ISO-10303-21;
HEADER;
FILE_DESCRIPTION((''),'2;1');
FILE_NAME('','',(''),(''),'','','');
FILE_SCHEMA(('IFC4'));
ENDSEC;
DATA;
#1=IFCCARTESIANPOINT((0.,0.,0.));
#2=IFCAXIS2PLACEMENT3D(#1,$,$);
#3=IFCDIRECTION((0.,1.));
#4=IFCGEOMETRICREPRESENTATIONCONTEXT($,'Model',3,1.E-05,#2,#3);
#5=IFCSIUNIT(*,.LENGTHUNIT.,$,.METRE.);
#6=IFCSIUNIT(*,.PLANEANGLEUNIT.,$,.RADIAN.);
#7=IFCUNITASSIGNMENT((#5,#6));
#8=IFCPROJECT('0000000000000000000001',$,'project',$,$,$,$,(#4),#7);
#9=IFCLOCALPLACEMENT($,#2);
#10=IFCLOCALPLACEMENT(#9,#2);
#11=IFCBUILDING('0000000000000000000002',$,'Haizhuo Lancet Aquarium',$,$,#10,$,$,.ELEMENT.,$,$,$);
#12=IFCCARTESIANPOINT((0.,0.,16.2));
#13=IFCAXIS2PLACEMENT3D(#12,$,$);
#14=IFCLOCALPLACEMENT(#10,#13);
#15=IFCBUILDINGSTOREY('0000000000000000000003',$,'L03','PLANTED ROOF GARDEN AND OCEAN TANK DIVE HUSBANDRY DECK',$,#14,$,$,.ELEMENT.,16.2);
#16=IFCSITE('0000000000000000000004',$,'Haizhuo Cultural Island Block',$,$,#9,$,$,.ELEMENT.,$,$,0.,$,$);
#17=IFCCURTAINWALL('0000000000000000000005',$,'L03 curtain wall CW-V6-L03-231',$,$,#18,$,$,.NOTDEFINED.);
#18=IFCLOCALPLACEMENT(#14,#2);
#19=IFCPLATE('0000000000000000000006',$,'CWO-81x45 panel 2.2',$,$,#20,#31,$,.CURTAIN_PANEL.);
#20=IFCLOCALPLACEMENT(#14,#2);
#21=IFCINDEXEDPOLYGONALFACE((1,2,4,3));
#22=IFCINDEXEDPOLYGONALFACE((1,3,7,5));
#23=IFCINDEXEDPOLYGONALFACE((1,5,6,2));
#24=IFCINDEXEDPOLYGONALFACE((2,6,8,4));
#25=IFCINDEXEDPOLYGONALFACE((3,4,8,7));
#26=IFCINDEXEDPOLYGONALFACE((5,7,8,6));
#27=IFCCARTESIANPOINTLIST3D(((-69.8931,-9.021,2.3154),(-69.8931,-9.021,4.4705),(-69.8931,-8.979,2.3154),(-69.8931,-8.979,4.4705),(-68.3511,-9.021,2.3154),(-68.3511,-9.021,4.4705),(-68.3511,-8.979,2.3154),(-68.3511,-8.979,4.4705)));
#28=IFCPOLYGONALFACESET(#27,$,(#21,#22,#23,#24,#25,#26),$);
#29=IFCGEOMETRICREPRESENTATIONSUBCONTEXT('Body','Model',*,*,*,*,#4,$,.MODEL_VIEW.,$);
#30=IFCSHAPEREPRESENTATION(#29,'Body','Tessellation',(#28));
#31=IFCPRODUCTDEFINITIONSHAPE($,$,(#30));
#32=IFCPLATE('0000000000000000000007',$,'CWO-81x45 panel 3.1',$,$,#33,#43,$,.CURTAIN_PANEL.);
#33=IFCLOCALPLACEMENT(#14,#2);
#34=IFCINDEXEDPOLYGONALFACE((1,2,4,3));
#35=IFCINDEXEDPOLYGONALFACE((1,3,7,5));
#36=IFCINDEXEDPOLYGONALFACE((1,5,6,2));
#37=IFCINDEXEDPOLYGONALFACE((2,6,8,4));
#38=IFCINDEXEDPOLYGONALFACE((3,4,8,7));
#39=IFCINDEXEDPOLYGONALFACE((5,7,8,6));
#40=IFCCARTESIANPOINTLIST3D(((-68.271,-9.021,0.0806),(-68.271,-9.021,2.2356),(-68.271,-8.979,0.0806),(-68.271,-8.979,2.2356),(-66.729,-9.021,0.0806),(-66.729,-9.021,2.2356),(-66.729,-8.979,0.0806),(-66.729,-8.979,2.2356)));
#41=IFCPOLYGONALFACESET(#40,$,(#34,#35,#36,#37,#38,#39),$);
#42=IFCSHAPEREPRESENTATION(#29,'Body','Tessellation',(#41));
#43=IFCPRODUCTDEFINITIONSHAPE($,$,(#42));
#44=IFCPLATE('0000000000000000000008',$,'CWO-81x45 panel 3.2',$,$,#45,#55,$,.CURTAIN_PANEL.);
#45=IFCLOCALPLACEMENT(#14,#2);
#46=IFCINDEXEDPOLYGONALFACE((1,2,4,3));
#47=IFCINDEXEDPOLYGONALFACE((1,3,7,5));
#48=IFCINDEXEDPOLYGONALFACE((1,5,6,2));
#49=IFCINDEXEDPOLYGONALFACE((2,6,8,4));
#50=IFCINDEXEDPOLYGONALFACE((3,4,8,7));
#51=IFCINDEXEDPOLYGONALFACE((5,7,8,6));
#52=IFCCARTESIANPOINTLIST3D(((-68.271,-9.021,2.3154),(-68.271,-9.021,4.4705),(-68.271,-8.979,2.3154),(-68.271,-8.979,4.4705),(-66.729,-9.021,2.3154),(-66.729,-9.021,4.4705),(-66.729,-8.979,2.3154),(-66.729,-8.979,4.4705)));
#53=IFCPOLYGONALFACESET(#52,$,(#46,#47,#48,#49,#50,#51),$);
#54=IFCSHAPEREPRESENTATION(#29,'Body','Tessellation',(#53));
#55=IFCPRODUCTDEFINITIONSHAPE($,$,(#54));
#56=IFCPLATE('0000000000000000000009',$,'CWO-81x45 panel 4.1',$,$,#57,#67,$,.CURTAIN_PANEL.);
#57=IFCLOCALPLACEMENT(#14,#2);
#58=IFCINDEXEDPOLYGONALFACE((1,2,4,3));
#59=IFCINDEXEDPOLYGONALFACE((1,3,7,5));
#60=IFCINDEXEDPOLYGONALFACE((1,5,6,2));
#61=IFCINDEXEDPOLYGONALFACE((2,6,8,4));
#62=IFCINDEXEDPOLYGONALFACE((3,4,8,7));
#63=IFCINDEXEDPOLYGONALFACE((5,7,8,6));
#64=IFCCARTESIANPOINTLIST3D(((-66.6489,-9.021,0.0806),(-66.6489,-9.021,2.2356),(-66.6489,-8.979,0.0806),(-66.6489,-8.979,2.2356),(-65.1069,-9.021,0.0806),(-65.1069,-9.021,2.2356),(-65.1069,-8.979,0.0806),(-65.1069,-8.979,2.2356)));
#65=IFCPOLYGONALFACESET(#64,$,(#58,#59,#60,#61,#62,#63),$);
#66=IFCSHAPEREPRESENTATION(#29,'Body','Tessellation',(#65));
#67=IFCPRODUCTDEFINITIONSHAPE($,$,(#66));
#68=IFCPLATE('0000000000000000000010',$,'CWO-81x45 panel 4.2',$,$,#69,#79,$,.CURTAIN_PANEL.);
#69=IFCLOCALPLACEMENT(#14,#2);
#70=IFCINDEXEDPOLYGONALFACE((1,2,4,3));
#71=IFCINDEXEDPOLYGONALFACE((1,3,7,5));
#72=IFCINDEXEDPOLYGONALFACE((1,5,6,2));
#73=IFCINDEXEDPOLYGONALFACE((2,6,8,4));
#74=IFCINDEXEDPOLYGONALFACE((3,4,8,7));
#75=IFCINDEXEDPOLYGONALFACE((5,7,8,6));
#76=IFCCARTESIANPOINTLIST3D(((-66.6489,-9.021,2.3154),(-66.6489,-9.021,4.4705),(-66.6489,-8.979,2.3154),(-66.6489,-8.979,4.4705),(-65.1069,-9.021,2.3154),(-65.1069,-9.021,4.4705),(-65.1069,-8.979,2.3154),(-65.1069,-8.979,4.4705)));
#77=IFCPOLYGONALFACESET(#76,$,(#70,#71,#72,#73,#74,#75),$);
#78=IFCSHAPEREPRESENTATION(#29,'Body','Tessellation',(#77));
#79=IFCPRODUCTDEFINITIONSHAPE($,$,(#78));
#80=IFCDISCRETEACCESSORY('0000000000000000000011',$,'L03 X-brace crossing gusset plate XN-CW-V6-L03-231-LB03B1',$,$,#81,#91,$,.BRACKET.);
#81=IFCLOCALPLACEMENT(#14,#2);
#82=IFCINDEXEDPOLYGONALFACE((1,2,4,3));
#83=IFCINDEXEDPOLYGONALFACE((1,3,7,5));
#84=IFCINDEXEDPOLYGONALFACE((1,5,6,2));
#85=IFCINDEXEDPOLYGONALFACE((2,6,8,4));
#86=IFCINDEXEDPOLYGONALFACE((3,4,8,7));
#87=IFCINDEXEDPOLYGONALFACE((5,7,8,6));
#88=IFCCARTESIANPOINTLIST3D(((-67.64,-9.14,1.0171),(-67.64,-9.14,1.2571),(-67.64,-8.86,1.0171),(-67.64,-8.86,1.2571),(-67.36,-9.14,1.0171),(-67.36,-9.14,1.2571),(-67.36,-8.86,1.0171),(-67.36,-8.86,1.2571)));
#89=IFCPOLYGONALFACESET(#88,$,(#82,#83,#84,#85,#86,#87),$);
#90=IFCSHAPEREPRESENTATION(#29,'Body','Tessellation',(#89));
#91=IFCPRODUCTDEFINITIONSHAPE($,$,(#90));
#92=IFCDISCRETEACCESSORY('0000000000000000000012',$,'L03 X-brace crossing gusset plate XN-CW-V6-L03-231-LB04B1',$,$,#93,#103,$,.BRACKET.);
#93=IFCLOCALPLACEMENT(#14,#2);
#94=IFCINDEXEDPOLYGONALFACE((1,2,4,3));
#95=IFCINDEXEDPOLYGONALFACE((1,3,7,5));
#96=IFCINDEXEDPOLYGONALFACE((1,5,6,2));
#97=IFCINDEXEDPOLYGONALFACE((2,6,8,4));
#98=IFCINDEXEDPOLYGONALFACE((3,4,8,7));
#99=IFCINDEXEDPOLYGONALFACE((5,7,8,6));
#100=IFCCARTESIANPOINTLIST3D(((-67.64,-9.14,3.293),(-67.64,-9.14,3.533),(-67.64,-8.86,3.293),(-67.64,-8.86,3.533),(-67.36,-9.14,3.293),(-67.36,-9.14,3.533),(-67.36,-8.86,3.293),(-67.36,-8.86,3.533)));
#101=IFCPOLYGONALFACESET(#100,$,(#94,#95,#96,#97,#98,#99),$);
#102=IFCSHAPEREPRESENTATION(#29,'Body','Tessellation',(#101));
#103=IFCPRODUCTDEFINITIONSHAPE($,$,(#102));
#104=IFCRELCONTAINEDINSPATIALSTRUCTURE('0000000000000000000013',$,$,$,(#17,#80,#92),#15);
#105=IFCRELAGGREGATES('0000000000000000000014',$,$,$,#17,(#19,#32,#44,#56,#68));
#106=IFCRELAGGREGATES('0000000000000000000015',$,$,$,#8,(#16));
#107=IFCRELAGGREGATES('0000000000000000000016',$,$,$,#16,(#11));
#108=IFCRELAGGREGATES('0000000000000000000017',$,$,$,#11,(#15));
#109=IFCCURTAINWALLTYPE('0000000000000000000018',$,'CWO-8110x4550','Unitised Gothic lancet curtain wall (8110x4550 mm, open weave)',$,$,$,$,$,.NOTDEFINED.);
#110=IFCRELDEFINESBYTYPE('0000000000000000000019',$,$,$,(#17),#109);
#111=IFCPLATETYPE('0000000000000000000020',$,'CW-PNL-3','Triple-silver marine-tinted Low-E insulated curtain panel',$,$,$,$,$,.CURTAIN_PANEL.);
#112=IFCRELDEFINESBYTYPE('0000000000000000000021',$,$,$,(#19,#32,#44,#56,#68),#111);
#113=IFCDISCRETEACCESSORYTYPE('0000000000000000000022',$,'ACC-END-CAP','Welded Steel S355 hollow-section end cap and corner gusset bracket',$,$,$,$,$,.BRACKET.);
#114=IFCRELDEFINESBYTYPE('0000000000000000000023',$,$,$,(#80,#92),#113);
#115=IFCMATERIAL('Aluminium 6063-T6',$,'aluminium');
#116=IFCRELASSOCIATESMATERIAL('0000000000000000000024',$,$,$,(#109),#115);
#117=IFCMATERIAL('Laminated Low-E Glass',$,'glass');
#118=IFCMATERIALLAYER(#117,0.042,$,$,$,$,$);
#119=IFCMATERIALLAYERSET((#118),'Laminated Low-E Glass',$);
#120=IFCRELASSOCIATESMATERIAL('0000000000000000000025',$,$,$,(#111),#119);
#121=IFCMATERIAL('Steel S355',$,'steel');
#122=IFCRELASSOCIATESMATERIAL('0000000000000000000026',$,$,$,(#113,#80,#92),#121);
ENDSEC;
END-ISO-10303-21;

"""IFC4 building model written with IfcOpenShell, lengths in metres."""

from ifc_helpers import new_model, si_unit, direction, frame, origin, origin_2d, place, context, subcontext, project, spatial, rectangle, extrude, material, layer, layer_set, type_object, element, aggregate, save


model = new_model("IFC4")

# Units and contexts
model_context = context("Model", 3, precision=1e-05, world=origin(), true_north=direction((0.0, 1.0)))
body_context = subcontext(model_context, "Body", "Model", "MODEL_VIEW")
ifc_project = project(units=[si_unit("LENGTHUNIT", "METRE"), si_unit("PLANEANGLEUNIT", "RADIAN")], contexts=[model_context])

# Site, building, storey
site_placement = place(None, origin())
site = spatial("IfcSite", under=ifc_project, at=site_placement, Name="Haizhuo Cultural Island Block", CompositionType="ELEMENT", RefElevation=0.0)
building_placement = place(site_placement, origin())
building = spatial("IfcBuilding", under=site, at=building_placement, Name="Haizhuo Lancet Aquarium", CompositionType="ELEMENT")
storey_placement = place(building_placement, frame((0.0, 0.0, 16.2)))
storey = spatial("IfcBuildingStorey", under=building, at=storey_placement, Name="L03", Description="PLANTED ROOF GARDEN AND OCEAN TANK DIVE HUSBANDRY DECK", CompositionType="ELEMENT", Elevation=16.2)

# Curtain wall
ifc_material_1 = material(Name="Aluminium 6063-T6", Category="aluminium")
curtain_wall_type = type_object("IfcCurtainWallType", Name="CWO-8110x4550", Description="Unitised Gothic lancet curtain wall (8110x4550 mm, open weave)", PredefinedType="NOTDEFINED", material=ifc_material_1)
curtain_wall_placement = place(storey_placement, origin())
curtain_wall = element("IfcCurtainWall", 1, at=curtain_wall_placement, inside=storey, type_object=curtain_wall_type, Name="L03 curtain wall CW-V6-L03-231", PredefinedType="NOTDEFINED")

# Shared definitions
ifc_material_2 = material(Name="Steel S355", Category="steel")

# Plates
ifc_material_3 = material(Name="Laminated Low-E Glass", Category="glass")
ifc_layer = layer(ifc_material_3, 0.042)
ifc_layer_set = layer_set([ifc_layer], Name="Laminated Low-E Glass")
plate_type = type_object("IfcPlateType", Name="CW-PNL-3", Description="Triple-silver marine-tinted Low-E insulated curtain panel", PredefinedType="CURTAIN_PANEL", material=ifc_layer_set)
plate_1_placement = place(storey_placement, frame((-69.1221, -9.0, 2.3154), z_axis=(0.0, 0.0, 1.0), x_axis=(1.0, 0.0, 0.0)))
plate_1 = element("IfcPlate", 2, at=plate_1_placement, type_object=plate_type, Name="CWO-81x45 panel 2.2", PredefinedType="CURTAIN_PANEL", context=body_context, shape_type="SweptSolid", body=[
    extrude(rectangle(XDim=1.542, YDim=0.042, at=origin_2d()), origin(), (0.0, 0.0, 1.0), 2.155),
])
plate_2_placement = place(storey_placement, frame((-67.5, -9.0, 0.0806), z_axis=(0.0, 0.0, 1.0), x_axis=(1.0, 0.0, 0.0)))
plate_2 = element("IfcPlate", 3, at=plate_2_placement, type_object=plate_type, Name="CWO-81x45 panel 3.1", PredefinedType="CURTAIN_PANEL", context=body_context, shape_type="SweptSolid", body=[
    extrude(rectangle(XDim=1.542, YDim=0.042, at=origin_2d()), origin(), (0.0, 0.0, 1.0), 2.155),
])
plate_3_placement = place(storey_placement, frame((-67.5, -9.0, 2.3154), z_axis=(0.0, 0.0, 1.0), x_axis=(1.0, 0.0, 0.0)))
plate_3 = element("IfcPlate", 4, at=plate_3_placement, type_object=plate_type, Name="CWO-81x45 panel 3.2", PredefinedType="CURTAIN_PANEL", context=body_context, shape_type="SweptSolid", body=[
    extrude(rectangle(XDim=1.542, YDim=0.042, at=origin_2d()), origin(), (0.0, 0.0, 1.0), 2.155),
])
plate_4_placement = place(storey_placement, frame((-65.8779, -9.0, 0.0806), z_axis=(0.0, 0.0, 1.0), x_axis=(1.0, 0.0, 0.0)))
plate_4 = element("IfcPlate", 5, at=plate_4_placement, type_object=plate_type, Name="CWO-81x45 panel 4.1", PredefinedType="CURTAIN_PANEL", context=body_context, shape_type="SweptSolid", body=[
    extrude(rectangle(XDim=1.542, YDim=0.042, at=origin_2d()), origin(), (0.0, 0.0, 1.0), 2.155),
])
plate_5_placement = place(storey_placement, frame((-65.8779, -9.0, 2.3154), z_axis=(0.0, 0.0, 1.0), x_axis=(1.0, 0.0, 0.0)))
plate_5 = element("IfcPlate", 6, at=plate_5_placement, type_object=plate_type, Name="CWO-81x45 panel 4.2", PredefinedType="CURTAIN_PANEL", context=body_context, shape_type="SweptSolid", body=[
    extrude(rectangle(XDim=1.542, YDim=0.042, at=origin_2d()), origin(), (0.0, 0.0, 1.0), 2.155),
])
aggregate(curtain_wall, [plate_1, plate_2, plate_3, plate_4, plate_5])

# Discrete accessories
discrete_accessory_type = type_object("IfcDiscreteAccessoryType", Name="ACC-END-CAP", Description="Welded Steel S355 hollow-section end cap and corner gusset bracket", PredefinedType="BRACKET", material=ifc_material_2)
for number, where, z_axis, x_axis, name in (
    (7, (-67.5, -9.0, 1.0171), (0.0, 0.0, 1.0), (1.0, 0.0, 0.0), "L03 X-brace crossing gusset plate XN-CW-V6-L03-231-LB03B1"),
    (8, (-67.5, -9.0, 3.293), (0.0, 0.0, 1.0), (1.0, 0.0, 0.0), "L03 X-brace crossing gusset plate XN-CW-V6-L03-231-LB04B1"),
):
    element("IfcDiscreteAccessory", number, at=place(storey_placement, frame(where, z_axis=z_axis, x_axis=x_axis)), inside=storey, type_object=discrete_accessory_type, material=ifc_material_2, Name=name, PredefinedType="BRACKET", context=body_context, shape_type="SweptSolid", body=[
        extrude(rectangle(XDim=0.28, YDim=0.28, at=origin_2d()), origin(), (0.0, 0.0, 1.0), 0.24),
    ])

save(model, "model.ifc")
